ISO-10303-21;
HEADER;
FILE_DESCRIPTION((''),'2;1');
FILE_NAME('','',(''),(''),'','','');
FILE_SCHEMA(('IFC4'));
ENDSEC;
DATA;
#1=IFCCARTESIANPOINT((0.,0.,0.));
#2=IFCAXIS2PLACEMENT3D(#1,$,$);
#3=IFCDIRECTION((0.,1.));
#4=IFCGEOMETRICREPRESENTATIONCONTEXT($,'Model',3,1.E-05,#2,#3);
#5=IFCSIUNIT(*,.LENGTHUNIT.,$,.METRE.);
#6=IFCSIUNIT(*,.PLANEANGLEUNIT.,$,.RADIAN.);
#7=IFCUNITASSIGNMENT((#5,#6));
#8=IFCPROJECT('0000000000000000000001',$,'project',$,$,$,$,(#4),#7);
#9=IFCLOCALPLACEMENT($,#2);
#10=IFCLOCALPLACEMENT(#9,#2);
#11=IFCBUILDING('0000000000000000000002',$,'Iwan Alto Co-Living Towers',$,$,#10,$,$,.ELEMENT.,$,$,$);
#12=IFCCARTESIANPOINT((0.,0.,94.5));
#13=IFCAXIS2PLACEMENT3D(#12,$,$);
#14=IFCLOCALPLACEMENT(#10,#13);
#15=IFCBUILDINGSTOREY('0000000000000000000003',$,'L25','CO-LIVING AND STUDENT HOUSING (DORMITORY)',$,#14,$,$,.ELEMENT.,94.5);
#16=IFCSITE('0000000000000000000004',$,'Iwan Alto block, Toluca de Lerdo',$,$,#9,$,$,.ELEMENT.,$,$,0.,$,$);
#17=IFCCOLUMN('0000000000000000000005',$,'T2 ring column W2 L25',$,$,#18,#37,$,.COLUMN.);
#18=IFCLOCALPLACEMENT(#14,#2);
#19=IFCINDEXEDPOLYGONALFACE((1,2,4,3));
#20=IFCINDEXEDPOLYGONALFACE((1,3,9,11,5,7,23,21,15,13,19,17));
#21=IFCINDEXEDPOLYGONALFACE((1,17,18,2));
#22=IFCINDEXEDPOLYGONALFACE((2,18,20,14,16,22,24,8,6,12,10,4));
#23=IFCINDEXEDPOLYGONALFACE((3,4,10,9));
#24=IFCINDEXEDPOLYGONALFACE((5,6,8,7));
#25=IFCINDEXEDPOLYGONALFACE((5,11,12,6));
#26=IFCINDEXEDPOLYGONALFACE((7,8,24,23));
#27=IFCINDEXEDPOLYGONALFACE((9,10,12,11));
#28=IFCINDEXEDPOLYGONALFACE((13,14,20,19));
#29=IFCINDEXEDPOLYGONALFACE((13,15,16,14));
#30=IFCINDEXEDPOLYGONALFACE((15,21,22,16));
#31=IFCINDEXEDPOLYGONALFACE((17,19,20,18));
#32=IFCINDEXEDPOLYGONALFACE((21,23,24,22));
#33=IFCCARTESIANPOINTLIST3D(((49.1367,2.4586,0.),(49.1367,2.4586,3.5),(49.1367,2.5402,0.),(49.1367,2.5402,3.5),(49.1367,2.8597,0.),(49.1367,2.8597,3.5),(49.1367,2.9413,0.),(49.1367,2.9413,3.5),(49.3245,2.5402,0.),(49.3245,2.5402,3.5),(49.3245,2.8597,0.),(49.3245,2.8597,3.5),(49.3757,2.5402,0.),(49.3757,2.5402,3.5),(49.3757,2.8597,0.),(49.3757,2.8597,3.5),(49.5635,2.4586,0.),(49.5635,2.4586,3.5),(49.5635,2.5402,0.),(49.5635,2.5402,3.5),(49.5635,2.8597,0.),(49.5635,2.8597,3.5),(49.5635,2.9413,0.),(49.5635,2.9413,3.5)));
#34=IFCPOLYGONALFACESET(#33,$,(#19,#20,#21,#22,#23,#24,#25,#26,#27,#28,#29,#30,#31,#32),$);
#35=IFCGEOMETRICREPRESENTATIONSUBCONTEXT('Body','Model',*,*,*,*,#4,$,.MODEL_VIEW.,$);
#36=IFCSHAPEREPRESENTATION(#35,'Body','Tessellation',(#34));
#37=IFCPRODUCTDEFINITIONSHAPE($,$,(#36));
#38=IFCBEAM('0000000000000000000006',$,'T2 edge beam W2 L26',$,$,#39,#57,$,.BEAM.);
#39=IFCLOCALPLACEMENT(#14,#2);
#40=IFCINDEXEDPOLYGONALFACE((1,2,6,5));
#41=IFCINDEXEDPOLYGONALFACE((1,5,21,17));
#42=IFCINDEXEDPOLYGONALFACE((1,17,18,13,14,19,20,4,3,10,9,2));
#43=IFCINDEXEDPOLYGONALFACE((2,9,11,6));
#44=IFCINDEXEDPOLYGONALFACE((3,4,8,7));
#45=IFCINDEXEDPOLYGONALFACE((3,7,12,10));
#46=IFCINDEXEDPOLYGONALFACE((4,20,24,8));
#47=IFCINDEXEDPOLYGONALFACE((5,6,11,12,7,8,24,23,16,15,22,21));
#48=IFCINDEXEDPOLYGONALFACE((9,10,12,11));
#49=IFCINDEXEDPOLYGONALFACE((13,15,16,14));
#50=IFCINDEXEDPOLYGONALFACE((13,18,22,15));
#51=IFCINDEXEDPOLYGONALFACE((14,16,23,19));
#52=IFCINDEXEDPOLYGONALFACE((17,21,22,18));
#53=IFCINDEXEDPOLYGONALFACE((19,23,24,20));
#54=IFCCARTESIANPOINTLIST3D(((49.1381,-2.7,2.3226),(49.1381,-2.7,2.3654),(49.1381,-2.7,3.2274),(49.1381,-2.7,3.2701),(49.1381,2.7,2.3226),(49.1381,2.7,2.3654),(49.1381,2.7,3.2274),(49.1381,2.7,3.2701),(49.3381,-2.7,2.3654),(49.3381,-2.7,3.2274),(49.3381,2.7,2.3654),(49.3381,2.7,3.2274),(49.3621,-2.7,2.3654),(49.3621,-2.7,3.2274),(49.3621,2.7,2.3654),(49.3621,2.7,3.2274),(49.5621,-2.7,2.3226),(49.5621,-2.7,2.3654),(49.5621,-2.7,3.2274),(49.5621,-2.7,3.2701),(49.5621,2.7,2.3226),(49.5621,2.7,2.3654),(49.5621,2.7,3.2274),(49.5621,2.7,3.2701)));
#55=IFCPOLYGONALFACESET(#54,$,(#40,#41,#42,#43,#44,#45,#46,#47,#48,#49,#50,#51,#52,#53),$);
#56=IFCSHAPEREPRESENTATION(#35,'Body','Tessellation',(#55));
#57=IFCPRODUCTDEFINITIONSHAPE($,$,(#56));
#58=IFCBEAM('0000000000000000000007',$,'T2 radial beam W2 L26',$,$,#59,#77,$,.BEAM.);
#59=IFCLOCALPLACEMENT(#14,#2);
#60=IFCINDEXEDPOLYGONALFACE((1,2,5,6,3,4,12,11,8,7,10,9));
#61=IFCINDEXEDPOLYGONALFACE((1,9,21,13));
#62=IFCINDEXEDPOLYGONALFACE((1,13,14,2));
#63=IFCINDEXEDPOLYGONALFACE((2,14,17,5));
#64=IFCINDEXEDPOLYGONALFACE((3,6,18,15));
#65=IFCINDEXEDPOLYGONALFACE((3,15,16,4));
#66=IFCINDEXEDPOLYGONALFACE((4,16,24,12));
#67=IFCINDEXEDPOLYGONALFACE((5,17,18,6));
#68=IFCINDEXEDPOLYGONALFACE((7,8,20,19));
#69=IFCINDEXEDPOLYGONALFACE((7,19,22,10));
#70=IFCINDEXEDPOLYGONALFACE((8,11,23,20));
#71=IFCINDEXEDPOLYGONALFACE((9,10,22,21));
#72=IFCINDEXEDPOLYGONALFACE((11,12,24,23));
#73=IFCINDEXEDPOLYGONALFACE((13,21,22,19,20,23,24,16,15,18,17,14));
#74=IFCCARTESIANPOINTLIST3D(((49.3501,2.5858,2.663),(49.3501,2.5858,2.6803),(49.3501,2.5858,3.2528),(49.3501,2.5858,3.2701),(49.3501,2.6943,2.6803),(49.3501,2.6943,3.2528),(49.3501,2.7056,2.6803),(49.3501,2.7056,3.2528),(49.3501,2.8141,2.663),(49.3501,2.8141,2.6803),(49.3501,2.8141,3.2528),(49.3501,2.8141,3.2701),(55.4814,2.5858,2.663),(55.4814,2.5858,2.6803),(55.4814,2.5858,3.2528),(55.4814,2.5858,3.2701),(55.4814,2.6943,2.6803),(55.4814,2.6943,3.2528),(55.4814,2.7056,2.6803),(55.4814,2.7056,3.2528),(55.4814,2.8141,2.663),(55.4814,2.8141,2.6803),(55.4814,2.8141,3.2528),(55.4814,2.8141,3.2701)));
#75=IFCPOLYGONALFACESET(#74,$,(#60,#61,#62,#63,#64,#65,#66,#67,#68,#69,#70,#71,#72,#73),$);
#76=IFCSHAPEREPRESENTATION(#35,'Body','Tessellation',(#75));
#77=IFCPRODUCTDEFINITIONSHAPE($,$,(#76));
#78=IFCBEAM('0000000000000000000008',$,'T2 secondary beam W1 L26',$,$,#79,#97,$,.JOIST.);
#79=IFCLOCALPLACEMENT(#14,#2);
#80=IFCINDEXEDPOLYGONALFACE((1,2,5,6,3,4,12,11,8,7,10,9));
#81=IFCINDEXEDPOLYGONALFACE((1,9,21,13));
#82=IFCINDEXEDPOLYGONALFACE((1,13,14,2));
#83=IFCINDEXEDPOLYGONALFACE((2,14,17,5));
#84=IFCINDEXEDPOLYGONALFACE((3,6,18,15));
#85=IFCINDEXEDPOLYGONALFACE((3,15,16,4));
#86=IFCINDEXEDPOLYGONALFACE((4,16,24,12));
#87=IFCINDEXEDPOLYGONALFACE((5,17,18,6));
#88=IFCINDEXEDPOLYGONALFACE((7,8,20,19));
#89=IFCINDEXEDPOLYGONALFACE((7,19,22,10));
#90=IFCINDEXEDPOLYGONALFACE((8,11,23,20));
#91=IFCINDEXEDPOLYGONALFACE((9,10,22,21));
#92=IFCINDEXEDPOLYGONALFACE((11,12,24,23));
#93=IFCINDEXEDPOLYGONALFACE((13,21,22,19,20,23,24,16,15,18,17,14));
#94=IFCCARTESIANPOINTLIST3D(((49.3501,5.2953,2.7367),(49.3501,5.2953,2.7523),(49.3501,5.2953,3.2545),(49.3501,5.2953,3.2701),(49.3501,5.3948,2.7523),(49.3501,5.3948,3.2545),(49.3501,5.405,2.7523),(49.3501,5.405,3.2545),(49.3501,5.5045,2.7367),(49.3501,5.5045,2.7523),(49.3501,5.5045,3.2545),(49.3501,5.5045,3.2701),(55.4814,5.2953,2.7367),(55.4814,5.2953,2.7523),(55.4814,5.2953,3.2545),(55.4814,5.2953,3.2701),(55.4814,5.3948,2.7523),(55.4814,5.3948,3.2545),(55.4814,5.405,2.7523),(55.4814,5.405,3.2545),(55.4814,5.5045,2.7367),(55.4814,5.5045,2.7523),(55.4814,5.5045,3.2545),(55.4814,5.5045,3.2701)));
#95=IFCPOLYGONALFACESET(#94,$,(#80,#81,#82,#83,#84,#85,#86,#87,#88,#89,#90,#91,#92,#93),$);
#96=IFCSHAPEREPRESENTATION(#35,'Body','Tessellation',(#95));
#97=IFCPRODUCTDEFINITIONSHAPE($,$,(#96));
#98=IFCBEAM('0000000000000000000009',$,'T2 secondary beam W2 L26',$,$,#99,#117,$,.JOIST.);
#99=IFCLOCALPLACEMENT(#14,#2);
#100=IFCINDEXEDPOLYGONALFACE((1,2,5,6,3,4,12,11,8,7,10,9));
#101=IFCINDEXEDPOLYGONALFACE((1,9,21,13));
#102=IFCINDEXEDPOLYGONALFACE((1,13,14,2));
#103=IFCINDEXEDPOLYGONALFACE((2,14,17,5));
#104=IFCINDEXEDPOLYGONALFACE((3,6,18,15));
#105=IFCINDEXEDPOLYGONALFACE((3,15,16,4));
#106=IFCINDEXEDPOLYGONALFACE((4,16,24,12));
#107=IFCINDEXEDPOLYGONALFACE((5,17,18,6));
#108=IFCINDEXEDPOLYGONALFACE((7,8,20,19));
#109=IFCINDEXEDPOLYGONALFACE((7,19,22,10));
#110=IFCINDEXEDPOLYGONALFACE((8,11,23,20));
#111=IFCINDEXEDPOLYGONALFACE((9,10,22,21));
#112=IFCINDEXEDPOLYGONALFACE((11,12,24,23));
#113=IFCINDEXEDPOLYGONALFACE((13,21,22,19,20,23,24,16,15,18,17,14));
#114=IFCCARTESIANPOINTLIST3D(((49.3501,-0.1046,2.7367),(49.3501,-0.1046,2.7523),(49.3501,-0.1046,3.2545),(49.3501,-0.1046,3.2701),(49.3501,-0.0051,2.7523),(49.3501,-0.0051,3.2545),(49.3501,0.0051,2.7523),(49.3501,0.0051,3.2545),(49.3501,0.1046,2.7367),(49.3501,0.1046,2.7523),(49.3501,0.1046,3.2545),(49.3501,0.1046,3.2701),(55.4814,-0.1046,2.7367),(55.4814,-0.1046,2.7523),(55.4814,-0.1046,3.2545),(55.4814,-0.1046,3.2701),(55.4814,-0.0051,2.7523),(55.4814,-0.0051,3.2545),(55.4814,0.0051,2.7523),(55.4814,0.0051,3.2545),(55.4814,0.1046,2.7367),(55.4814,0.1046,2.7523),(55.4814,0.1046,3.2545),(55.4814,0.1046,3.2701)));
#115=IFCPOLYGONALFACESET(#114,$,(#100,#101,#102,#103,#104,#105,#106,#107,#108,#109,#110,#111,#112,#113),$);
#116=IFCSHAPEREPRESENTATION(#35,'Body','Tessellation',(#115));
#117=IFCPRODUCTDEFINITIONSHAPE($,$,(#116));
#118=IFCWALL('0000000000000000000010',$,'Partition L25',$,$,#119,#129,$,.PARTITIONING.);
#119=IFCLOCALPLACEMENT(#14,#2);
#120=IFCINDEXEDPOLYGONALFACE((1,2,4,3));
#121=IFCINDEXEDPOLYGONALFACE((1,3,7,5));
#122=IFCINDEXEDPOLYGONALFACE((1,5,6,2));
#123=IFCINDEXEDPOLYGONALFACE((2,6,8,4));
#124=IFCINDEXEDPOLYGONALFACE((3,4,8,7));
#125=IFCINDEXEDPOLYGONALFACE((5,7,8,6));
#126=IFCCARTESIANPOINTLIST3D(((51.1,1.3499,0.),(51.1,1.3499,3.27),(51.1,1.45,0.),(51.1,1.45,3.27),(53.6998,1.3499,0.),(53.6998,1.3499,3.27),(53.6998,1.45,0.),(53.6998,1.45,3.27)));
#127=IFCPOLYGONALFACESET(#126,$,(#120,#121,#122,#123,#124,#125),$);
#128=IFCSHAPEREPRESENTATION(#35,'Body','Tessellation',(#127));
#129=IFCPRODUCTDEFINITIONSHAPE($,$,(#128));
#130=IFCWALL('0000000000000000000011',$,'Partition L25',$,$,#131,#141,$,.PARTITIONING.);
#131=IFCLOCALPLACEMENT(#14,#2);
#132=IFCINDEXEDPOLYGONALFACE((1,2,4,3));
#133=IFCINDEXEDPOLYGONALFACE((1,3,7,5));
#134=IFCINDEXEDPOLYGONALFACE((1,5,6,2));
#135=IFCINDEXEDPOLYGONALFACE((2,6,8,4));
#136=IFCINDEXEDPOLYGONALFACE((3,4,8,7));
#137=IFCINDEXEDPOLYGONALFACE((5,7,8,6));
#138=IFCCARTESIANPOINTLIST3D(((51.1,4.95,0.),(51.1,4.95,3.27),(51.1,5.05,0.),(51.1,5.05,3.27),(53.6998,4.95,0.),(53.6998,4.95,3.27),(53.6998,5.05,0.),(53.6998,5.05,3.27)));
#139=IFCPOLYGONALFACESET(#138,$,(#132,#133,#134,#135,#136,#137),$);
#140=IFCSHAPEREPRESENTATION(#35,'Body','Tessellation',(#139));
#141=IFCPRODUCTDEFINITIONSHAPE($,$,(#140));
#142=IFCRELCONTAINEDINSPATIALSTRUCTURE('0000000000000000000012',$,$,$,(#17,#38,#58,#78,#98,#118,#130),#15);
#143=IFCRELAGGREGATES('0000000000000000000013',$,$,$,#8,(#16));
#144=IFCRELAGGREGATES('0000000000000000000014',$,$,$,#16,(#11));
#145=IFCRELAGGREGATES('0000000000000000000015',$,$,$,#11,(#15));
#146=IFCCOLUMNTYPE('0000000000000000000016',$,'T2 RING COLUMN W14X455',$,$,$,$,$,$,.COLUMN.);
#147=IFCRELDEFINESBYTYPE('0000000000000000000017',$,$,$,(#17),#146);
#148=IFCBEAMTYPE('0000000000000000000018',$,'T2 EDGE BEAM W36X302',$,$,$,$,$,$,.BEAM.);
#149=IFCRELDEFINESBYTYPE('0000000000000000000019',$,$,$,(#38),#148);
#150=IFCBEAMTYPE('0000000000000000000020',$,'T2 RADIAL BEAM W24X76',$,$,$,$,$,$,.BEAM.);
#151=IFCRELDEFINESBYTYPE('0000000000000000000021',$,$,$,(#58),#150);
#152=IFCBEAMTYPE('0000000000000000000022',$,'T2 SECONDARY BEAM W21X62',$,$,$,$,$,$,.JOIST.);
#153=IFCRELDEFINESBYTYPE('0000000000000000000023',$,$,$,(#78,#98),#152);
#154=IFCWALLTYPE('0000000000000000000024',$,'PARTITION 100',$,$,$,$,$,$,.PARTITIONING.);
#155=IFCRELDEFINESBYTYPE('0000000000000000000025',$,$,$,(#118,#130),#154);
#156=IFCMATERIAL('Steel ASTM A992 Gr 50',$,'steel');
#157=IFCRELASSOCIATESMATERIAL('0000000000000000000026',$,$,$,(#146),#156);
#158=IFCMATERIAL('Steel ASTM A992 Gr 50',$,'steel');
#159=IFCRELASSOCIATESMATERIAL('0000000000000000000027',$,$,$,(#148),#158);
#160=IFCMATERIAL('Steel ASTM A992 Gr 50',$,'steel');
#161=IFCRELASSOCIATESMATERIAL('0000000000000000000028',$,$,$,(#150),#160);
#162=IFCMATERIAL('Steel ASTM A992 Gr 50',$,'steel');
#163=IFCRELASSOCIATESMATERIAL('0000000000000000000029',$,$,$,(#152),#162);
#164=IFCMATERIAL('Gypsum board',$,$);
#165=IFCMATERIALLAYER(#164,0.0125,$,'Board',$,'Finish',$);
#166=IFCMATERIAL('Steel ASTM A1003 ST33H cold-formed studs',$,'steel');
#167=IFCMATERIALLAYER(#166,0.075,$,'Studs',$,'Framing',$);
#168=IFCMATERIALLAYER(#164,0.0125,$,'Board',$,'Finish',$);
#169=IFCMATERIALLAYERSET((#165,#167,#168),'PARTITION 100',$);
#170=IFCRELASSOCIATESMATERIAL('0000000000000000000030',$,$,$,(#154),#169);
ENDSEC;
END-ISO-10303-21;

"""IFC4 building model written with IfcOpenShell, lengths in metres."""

from ifc_helpers import new_model, si_unit, direction, frame, frame_2d, origin, origin_2d, place, context, subcontext, project, spatial, rectangle, i_section, extrude, material, layer, layer_set, material_profile, profile_set, type_object, element, save


model = new_model("IFC4")

# Units and contexts
model_context = context("Model", 3, precision=1e-05, world=origin(), true_north=direction((0.0, 1.0)))
body_context = subcontext(model_context, "Body", "Model", "MODEL_VIEW")
ifc_project = project(units=[si_unit("LENGTHUNIT", "METRE"), si_unit("PLANEANGLEUNIT", "RADIAN")], contexts=[model_context])

# Site, building, storey
site_placement = place(None, origin())
site = spatial("IfcSite", under=ifc_project, at=site_placement, Name="Iwan Alto block, Toluca de Lerdo", CompositionType="ELEMENT", RefElevation=0.0)
building_placement = place(site_placement, origin())
building = spatial("IfcBuilding", under=site, at=building_placement, Name="Iwan Alto Co-Living Towers", CompositionType="ELEMENT")
storey_placement = place(building_placement, frame((0.0, 0.0, 94.5)))
storey = spatial("IfcBuildingStorey", under=building, at=storey_placement, Name="L25", Description="CO-LIVING AND STUDENT HOUSING (DORMITORY)", CompositionType="ELEMENT", Elevation=94.5)

# Column
ifc_material_1 = material(Name="Steel ASTM A992 Gr 50", Category="steel")
ifc_material_profile_1 = material_profile(ifc_material_1, i_section(OverallWidth=0.4268, OverallDepth=0.4827, WebThickness=0.0513, FlangeThickness=0.0815, at=origin_2d()), Name="W14X455")
ifc_profile_set_1 = profile_set([ifc_material_profile_1], Name="Steel ASTM A992 Gr 50")
column_type = type_object("IfcColumnType", Name="T2 RING COLUMN W14X455", PredefinedType="COLUMN", material=ifc_profile_set_1)
column_placement = place(storey_placement, frame((49.3501, 2.7, 0.0), z_axis=(0.0, 0.0, 1.0), x_axis=(1.0, 0.0, 0.0)))
element("IfcColumn", 1, at=column_placement, inside=storey, type_object=column_type, Name="T2 ring column W2 L25", PredefinedType="COLUMN", context=body_context, shape_type="SweptSolid", body=[
    extrude(i_section(OverallWidth=0.4268, OverallDepth=0.4827, WebThickness=0.0513, FlangeThickness=0.0815, at=origin_2d()), origin(), (0.0, 0.0, 1.0), 3.5),
])

# Beams
ifc_material_2 = material(Name="Steel ASTM A992 Gr 50", Category="steel")
ifc_material_profile_2 = material_profile(ifc_material_2, i_section(OverallWidth=0.4241, OverallDepth=0.9475, WebThickness=0.0239, FlangeThickness=0.0427, at=origin_2d()), Name="W36X302")
ifc_profile_set_2 = profile_set([ifc_material_profile_2], Name="Steel ASTM A992 Gr 50")
beam_type_1 = type_object("IfcBeamType", Name="T2 EDGE BEAM W36X302", PredefinedType="BEAM", material=ifc_profile_set_2)
beam_1_placement = place(storey_placement, frame((49.3501, 2.7, 2.7964), z_axis=(0.0, -1.0, 0.0), x_axis=(1.0, 0.0, 0.0)))
element("IfcBeam", 2, at=beam_1_placement, inside=storey, type_object=beam_type_1, Name="T2 edge beam W2 L26", PredefinedType="BEAM", context=body_context, shape_type="SweptSolid", body=[
    extrude(i_section(OverallWidth=0.4241, OverallDepth=0.9475, WebThickness=0.0239, FlangeThickness=0.0427, at=origin_2d()), origin(), (0.0, 0.0, 1.0), 5.3999),
])
ifc_material_3 = material(Name="Steel ASTM A992 Gr 50", Category="steel")
ifc_material_profile_3 = material_profile(ifc_material_3, i_section(OverallWidth=0.2283, OverallDepth=0.6072, WebThickness=0.0112, FlangeThickness=0.0173, at=origin_2d()), Name="W24X76")
ifc_profile_set_3 = profile_set([ifc_material_profile_3], Name="Steel ASTM A992 Gr 50")
beam_type_2 = type_object("IfcBeamType", Name="T2 RADIAL BEAM W24X76", PredefinedType="BEAM", material=ifc_profile_set_3)
beam_2_placement = place(storey_placement, frame((49.3501, 2.7, 2.9666), z_axis=(1.0, 0.0, 0.0), x_axis=(0.0, 1.0, 0.0)))
element("IfcBeam", 3, at=beam_2_placement, inside=storey, type_object=beam_type_2, Name="T2 radial beam W2 L26", PredefinedType="BEAM", context=body_context, shape_type="SweptSolid", body=[
    extrude(i_section(OverallWidth=0.2283, OverallDepth=0.6072, WebThickness=0.0112, FlangeThickness=0.0173, at=origin_2d()), origin(), (0.0, 0.0, 1.0), 6.1313),
])
ifc_material_4 = material(Name="Steel ASTM A992 Gr 50", Category="steel")
ifc_material_profile_4 = material_profile(ifc_material_4, i_section(OverallWidth=0.2092, OverallDepth=0.5334, WebThickness=0.0103, FlangeThickness=0.0156, at=origin_2d()), Name="W21X62")
ifc_profile_set_4 = profile_set([ifc_material_profile_4], Name="Steel ASTM A992 Gr 50")
beam_type_3 = type_object("IfcBeamType", Name="T2 SECONDARY BEAM W21X62", PredefinedType="JOIST", material=ifc_profile_set_4)
for number, where, z_axis, x_axis, name in (
    (4, (49.3501, 5.3999, 3.0034), (1.0, 0.0, 0.0), (0.0, 1.0, 0.0), "T2 secondary beam W1 L26"),
    (5, (49.3501, 0.0, 3.0034), (1.0, 0.0, 0.0), (0.0, 1.0, 0.0), "T2 secondary beam W2 L26"),
):
    element("IfcBeam", number, at=place(storey_placement, frame(where, z_axis=z_axis, x_axis=x_axis)), inside=storey, type_object=beam_type_3, Name=name, PredefinedType="JOIST", context=body_context, shape_type="SweptSolid", body=[
        extrude(i_section(OverallWidth=0.2092, OverallDepth=0.5334, WebThickness=0.0103, FlangeThickness=0.0156, at=origin_2d()), origin(), (0.0, 0.0, 1.0), 6.1313),
    ])

# Walls
ifc_material_5 = material(Name="Gypsum board")
ifc_layer_1 = layer(ifc_material_5, 0.0125, Name="Board", Category="Finish")
ifc_material_6 = material(Name="Steel ASTM A1003 ST33H cold-formed studs", Category="steel")
ifc_layer_2 = layer(ifc_material_6, 0.075, Name="Studs", Category="Framing")
ifc_layer_3 = layer(ifc_material_5, 0.0125, Name="Board", Category="Finish")
ifc_layer_set_1 = layer_set([ifc_layer_1, ifc_layer_2, ifc_layer_3], Name="PARTITION 100")
wall_type_1 = type_object("IfcWallType", Name="PARTITION 100", PredefinedType="PARTITIONING", material=ifc_layer_set_1)
for number, where, z_axis, x_axis, name in (
    (6, (51.1001, 1.3999, 0.0), (0.0, 0.0, 1.0), (1.0, 0.0, 0.0), "Partition L25"),
    (7, (51.1001, 5.0, 0.0), (0.0, 0.0, 1.0), (1.0, 0.0, 0.0), "Partition L25"),
):
    element("IfcWall", number, at=place(storey_placement, frame(where, z_axis=z_axis, x_axis=x_axis)), inside=storey, type_object=wall_type_1, Name=name, PredefinedType="PARTITIONING", context=body_context, shape_type="SweptSolid", body=[
        extrude(rectangle(XDim=2.5999, YDim=0.1001, at=frame_2d((1.2998, 0.0))), origin(), (0.0, 0.0, 1.0), 3.27),
    ])

save(model, "model.ifc")
